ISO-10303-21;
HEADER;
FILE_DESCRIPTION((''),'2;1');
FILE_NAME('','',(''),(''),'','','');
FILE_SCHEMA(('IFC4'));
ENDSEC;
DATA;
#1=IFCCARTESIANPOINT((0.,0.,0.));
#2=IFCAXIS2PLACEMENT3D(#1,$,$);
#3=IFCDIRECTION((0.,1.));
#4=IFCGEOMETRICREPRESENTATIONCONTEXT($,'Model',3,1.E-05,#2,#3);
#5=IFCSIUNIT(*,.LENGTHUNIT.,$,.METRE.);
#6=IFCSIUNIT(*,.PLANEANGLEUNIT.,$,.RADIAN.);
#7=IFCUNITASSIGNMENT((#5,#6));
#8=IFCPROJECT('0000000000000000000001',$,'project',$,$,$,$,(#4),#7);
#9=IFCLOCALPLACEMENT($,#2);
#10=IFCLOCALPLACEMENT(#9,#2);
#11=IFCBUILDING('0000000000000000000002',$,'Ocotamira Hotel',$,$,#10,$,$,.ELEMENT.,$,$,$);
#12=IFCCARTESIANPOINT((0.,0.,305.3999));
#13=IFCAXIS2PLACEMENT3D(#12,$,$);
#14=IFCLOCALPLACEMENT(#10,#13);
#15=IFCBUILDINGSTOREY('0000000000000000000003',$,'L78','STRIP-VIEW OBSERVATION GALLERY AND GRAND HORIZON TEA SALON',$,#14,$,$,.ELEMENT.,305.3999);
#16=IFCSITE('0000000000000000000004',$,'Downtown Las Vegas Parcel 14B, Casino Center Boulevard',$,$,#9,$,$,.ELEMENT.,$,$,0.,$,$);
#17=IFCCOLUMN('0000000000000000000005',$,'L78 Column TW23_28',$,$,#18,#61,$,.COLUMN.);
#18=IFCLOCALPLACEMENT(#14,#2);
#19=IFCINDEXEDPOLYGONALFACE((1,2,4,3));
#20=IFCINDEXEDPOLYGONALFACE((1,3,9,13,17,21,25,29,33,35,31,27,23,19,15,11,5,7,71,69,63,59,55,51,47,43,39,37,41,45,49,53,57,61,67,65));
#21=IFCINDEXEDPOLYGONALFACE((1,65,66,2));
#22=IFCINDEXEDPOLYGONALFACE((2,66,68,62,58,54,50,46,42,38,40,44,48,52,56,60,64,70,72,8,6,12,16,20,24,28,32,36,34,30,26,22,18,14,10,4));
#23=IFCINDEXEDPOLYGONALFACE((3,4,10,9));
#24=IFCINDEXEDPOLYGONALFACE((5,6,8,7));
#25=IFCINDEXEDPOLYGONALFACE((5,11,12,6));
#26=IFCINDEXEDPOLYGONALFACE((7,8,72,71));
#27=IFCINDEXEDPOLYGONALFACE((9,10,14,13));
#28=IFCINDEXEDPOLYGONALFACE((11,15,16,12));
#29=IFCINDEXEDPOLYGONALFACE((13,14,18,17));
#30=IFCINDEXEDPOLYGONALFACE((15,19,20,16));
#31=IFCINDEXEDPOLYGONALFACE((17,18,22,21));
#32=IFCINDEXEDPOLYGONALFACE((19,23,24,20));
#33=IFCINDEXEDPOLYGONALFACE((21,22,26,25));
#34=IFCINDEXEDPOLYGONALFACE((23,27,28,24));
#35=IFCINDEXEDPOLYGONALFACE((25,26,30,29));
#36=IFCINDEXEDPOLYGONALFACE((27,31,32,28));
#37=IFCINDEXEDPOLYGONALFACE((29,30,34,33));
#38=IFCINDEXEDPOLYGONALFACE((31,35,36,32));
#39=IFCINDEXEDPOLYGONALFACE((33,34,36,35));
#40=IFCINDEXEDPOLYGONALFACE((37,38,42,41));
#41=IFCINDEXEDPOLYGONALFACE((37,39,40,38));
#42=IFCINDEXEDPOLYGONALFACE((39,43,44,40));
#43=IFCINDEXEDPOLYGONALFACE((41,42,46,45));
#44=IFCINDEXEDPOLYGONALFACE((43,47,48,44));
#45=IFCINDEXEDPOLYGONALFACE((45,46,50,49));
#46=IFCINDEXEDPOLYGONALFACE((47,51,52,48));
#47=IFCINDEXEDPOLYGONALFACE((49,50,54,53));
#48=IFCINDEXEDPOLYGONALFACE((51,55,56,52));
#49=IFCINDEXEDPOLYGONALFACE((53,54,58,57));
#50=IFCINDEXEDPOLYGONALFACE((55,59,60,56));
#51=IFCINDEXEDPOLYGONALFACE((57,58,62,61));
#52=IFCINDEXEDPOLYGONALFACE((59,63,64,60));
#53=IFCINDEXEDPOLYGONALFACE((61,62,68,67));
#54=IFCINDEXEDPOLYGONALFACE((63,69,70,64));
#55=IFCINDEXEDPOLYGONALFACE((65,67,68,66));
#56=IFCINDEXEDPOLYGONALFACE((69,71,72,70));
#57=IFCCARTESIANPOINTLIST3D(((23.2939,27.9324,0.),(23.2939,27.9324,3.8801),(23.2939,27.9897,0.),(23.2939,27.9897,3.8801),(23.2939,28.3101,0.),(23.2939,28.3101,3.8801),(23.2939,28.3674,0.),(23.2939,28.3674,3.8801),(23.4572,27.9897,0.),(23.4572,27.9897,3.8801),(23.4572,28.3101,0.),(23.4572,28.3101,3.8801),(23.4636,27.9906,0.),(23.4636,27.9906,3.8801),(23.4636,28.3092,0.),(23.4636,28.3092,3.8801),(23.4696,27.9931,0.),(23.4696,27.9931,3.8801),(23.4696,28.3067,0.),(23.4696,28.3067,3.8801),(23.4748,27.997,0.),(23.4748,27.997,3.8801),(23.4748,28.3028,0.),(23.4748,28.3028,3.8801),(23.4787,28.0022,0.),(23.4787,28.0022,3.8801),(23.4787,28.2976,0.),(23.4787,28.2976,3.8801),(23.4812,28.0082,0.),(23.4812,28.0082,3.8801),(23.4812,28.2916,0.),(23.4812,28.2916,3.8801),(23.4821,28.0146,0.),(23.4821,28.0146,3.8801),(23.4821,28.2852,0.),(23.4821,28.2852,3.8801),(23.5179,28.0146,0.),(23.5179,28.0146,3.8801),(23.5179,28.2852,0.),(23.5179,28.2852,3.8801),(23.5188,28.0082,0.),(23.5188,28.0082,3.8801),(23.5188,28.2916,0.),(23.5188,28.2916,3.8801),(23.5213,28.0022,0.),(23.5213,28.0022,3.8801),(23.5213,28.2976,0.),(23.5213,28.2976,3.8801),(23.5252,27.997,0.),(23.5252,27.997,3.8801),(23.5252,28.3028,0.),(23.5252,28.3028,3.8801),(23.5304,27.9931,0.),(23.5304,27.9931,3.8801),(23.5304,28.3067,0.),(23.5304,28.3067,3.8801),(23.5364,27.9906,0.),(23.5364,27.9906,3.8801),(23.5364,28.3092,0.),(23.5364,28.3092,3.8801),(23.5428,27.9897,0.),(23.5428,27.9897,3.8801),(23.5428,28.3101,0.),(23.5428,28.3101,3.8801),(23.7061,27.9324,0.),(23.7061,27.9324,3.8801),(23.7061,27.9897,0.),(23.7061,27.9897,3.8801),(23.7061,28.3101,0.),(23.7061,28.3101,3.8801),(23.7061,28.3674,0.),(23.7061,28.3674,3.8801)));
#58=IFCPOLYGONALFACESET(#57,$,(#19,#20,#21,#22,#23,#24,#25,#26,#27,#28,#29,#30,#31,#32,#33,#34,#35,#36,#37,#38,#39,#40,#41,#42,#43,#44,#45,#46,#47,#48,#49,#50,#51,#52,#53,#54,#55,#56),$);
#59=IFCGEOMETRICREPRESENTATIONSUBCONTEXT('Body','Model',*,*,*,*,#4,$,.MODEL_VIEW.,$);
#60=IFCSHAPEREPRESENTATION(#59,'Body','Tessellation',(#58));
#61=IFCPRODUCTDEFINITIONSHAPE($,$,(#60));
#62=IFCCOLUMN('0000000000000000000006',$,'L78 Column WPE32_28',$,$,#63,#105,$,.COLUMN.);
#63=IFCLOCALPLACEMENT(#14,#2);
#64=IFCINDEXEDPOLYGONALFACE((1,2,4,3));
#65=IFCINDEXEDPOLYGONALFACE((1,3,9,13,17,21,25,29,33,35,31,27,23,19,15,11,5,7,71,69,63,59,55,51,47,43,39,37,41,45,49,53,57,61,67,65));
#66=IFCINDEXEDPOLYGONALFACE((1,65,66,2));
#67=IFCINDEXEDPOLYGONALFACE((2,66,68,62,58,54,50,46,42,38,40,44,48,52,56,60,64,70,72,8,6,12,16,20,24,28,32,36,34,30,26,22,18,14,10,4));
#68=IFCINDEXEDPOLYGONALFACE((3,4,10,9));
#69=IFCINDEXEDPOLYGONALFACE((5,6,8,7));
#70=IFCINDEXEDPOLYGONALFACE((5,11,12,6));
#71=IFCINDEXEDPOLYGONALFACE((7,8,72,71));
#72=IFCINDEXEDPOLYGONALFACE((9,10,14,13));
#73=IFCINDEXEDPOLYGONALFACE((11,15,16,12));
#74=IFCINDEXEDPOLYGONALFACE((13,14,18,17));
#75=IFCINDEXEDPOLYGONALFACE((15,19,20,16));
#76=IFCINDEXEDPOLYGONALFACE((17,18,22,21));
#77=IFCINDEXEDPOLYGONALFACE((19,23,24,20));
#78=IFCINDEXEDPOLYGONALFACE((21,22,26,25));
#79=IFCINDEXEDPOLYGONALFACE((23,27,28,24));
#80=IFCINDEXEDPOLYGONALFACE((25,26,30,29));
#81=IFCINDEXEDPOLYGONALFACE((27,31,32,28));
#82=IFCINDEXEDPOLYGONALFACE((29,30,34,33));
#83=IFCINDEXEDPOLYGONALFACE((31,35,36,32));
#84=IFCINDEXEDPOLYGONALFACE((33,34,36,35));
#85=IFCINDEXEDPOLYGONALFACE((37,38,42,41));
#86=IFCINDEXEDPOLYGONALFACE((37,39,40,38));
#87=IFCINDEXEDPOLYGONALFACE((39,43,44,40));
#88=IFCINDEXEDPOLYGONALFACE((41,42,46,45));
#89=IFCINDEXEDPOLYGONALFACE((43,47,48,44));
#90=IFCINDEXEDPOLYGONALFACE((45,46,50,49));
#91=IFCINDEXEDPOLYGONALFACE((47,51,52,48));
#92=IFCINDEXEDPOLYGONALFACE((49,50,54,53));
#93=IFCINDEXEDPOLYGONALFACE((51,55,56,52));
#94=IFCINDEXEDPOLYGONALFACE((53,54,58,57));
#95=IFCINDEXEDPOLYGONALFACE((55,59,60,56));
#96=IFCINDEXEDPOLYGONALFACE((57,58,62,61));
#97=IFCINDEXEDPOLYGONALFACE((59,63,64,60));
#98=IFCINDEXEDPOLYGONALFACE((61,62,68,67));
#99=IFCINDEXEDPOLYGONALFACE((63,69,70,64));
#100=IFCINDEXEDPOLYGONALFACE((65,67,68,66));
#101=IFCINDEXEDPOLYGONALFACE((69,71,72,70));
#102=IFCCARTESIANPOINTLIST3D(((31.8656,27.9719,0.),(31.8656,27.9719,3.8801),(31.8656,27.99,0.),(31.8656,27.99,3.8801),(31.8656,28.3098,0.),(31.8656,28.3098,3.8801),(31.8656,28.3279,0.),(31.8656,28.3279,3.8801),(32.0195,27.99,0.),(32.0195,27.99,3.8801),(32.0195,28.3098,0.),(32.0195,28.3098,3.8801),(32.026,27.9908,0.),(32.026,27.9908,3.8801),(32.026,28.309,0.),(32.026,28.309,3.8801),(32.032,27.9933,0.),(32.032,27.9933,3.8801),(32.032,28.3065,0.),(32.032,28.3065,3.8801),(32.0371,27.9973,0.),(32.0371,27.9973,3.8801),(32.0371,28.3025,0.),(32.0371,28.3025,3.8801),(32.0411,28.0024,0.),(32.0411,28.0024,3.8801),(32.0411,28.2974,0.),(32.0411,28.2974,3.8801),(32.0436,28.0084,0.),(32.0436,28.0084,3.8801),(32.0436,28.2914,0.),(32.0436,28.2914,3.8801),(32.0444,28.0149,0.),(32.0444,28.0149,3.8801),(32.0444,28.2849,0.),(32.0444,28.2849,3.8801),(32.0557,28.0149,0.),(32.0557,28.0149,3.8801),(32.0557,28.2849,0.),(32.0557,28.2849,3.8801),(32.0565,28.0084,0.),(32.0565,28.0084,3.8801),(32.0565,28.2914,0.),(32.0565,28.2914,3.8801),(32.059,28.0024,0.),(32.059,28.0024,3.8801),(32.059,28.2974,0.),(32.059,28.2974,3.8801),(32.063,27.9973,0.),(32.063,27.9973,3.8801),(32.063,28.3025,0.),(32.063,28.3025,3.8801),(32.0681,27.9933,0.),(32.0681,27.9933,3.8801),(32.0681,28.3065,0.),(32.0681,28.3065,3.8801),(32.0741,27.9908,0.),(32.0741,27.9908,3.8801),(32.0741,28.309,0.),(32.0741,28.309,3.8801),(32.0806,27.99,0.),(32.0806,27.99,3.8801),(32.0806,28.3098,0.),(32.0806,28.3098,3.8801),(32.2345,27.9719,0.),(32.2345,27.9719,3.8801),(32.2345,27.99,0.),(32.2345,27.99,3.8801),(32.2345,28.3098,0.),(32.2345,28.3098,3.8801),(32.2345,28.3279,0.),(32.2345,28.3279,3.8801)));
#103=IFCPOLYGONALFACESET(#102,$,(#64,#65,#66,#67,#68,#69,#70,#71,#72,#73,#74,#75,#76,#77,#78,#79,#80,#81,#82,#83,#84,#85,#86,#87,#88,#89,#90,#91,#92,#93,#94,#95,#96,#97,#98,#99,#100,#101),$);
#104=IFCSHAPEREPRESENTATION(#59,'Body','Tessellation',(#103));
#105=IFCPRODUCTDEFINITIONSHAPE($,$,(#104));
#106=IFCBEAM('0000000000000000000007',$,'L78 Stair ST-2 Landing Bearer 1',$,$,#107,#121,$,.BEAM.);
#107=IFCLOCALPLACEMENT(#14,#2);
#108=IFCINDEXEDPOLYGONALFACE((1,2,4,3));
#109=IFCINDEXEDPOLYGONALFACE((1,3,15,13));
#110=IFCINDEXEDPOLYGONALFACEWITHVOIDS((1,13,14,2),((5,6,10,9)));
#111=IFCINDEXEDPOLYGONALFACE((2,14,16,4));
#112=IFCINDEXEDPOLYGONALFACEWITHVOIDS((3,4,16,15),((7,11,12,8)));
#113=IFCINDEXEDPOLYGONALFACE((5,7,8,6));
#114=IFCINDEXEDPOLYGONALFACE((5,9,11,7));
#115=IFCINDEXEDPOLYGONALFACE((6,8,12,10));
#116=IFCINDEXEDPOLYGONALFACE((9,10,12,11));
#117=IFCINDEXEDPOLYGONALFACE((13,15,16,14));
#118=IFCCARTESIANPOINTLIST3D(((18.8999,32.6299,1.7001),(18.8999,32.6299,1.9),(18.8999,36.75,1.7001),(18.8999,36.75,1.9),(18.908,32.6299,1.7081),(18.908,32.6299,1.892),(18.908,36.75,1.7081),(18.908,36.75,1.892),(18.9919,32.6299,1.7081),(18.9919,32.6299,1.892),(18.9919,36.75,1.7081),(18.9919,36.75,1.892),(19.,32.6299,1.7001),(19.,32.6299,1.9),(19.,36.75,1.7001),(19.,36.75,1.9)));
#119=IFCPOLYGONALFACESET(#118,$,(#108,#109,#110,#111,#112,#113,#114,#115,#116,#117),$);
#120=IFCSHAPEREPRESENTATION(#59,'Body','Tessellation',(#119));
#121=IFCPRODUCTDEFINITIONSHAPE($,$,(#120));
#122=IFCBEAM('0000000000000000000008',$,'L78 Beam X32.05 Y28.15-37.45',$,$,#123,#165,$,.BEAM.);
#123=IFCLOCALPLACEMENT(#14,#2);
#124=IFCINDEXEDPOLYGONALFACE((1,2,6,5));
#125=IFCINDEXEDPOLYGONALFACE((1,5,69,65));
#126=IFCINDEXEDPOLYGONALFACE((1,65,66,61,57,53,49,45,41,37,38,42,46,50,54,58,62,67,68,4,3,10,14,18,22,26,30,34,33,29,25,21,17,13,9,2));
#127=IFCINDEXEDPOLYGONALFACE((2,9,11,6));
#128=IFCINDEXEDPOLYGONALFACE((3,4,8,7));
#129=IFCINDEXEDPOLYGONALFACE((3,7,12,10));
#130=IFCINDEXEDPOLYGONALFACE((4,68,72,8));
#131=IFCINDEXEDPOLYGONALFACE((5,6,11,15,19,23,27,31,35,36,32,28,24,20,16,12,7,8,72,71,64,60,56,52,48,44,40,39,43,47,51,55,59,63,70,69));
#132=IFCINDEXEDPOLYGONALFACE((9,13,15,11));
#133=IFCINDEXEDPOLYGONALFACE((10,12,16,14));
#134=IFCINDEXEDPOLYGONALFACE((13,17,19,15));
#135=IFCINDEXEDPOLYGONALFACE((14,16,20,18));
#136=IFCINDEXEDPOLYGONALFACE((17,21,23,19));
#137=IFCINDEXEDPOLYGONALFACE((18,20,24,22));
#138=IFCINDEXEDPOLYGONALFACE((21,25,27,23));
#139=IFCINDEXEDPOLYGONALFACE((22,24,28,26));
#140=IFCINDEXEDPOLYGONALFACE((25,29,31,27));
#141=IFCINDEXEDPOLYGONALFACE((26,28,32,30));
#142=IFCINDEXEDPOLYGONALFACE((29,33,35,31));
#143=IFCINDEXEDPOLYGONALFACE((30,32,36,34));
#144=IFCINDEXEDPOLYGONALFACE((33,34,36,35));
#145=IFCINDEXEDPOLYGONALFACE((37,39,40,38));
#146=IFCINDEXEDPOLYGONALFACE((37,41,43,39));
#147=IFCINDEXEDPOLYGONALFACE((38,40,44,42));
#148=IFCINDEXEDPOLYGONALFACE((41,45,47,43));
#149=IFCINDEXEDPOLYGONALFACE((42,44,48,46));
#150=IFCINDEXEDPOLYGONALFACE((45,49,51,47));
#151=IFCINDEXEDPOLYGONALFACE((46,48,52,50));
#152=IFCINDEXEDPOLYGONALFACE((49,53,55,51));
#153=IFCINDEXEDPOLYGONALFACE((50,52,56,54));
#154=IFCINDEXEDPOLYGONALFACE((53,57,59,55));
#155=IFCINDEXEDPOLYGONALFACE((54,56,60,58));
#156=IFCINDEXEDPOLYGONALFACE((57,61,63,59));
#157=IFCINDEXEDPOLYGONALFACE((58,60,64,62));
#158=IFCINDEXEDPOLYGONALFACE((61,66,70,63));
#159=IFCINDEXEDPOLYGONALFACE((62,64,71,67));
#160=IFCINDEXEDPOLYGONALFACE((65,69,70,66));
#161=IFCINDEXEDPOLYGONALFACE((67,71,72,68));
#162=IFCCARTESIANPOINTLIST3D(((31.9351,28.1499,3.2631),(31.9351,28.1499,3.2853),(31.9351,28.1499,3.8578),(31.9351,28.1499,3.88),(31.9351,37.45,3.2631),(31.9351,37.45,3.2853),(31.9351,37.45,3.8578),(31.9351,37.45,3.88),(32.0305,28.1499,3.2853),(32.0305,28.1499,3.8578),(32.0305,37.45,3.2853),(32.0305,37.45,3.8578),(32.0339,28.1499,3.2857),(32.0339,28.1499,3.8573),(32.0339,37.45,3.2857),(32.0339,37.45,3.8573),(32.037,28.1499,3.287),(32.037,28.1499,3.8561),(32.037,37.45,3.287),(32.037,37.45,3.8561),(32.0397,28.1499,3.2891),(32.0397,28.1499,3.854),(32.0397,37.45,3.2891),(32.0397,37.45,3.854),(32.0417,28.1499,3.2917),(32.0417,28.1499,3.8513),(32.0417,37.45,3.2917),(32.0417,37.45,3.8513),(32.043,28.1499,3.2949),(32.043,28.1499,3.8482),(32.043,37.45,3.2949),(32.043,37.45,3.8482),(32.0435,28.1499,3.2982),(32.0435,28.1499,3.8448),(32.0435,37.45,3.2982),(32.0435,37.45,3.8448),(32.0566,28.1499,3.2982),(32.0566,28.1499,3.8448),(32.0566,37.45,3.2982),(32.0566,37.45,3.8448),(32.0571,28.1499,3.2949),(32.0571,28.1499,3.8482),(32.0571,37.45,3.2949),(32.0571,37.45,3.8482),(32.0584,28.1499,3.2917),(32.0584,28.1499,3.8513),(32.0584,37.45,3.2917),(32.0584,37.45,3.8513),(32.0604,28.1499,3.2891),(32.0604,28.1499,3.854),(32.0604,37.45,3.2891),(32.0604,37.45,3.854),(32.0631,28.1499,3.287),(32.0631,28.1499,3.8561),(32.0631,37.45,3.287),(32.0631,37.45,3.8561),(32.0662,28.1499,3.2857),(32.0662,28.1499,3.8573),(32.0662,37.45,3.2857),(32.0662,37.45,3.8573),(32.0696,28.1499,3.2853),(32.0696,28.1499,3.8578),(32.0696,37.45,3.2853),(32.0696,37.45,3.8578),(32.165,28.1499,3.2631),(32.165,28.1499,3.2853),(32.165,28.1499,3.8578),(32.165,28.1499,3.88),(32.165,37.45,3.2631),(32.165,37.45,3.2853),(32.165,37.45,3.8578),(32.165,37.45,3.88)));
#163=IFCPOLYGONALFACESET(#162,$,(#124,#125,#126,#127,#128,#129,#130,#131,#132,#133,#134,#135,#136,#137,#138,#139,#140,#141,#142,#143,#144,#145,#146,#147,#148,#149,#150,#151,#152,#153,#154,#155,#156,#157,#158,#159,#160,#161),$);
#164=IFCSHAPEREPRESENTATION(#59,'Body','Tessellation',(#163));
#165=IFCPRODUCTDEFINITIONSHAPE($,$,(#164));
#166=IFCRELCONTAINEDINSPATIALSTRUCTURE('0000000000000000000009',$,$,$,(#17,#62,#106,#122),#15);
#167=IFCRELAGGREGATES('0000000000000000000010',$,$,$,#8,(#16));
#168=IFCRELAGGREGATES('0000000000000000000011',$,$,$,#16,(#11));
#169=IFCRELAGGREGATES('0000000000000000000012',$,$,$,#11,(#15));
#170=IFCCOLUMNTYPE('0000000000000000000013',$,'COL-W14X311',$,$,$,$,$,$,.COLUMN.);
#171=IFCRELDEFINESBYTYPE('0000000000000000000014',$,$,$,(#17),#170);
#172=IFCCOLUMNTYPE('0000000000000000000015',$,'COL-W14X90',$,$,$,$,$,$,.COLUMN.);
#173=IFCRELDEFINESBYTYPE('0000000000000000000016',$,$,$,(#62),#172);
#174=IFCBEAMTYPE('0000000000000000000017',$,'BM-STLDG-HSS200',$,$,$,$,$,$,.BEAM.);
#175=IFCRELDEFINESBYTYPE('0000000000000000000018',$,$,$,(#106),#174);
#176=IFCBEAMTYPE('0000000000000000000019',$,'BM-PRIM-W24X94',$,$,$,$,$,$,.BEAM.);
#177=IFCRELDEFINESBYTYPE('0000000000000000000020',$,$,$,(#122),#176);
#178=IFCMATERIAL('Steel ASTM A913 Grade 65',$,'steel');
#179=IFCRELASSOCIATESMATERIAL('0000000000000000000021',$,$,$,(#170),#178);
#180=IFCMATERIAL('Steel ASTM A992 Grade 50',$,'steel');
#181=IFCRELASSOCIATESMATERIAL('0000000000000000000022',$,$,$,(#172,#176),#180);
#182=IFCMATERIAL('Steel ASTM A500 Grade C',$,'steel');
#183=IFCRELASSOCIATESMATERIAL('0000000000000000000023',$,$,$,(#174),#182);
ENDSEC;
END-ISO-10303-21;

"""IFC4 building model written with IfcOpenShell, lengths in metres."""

from ifc_helpers import new_model, si_unit, direction, frame, origin, origin_2d, place, context, subcontext, project, spatial, hollow_rectangle, i_section, extrude, source, transform, mapped, material, material_profile, profile_set, type_object, element, save


model = new_model("IFC4")

# Units and contexts
model_context = context("Model", 3, precision=1e-05, world=origin(), true_north=direction((0.0, 1.0)))
body_context = subcontext(model_context, "Body", "Model", "MODEL_VIEW")
ifc_project = project(units=[si_unit("LENGTHUNIT", "METRE"), si_unit("PLANEANGLEUNIT", "RADIAN")], contexts=[model_context])

# Site, building, storey
site_placement = place(None, origin())
site = spatial("IfcSite", under=ifc_project, at=site_placement, Name="Downtown Las Vegas Parcel 14B, Casino Center Boulevard", CompositionType="ELEMENT", RefElevation=0.0)
building_placement = place(site_placement, origin())
building = spatial("IfcBuilding", under=site, at=building_placement, Name="Ocotamira Hotel", CompositionType="ELEMENT")
storey_placement = place(building_placement, frame((0.0, 0.0, 305.3999)))
storey = spatial("IfcBuildingStorey", under=building, at=storey_placement, Name="L78", Description="STRIP-VIEW OBSERVATION GALLERY AND GRAND HORIZON TEA SALON", CompositionType="ELEMENT", Elevation=305.3999)

# Columns
ifc_material_1 = material(Name="Steel ASTM A913 Grade 65", Category="steel")
ifc_material_profile_1 = material_profile(ifc_material_1, i_section(OverallWidth=0.4121, OverallDepth=0.4351, WebThickness=0.0359, FlangeThickness=0.0574, FilletRadius=0.0249, at=origin_2d()), Name="W14X311")
ifc_profile_set_1 = profile_set([ifc_material_profile_1], Name="Steel ASTM A913 Grade 65")
column_type_1 = type_object("IfcColumnType", Name="COL-W14X311", PredefinedType="COLUMN", material=ifc_profile_set_1)
shared_shape_1 = source(origin(), body_context, "Body", "SweptSolid", [
    extrude(i_section(OverallWidth=0.4121, OverallDepth=0.4351, WebThickness=0.0359, FlangeThickness=0.0574, FilletRadius=0.0249, at=origin_2d()), origin(), (0.0, 0.0, 1.0), 3.8801),
])
column_1_placement = place(storey_placement, frame((23.5, 28.1499, 0.0), z_axis=(0.0, 0.0, 1.0), x_axis=(1.0, 0.0, 0.0)))
element("IfcColumn", 1, at=column_1_placement, inside=storey, type_object=column_type_1, Name="L78 Column TW23_28", PredefinedType="COLUMN", context=body_context, shape_type="MappedRepresentation", body=[
    mapped(shared_shape_1, transform((0.0, 0.0, 0.0), scale=1.0)),
])
ifc_material_2 = material(Name="Steel ASTM A992 Grade 50", Category="steel")
ifc_material_profile_2 = material_profile(ifc_material_2, i_section(OverallWidth=0.3689, OverallDepth=0.356, WebThickness=0.0112, FlangeThickness=0.0181, FilletRadius=0.0249, at=origin_2d()), Name="W14X90")
ifc_profile_set_2 = profile_set([ifc_material_profile_2], Name="Steel ASTM A992 Grade 50")
column_type_2 = type_object("IfcColumnType", Name="COL-W14X90", PredefinedType="COLUMN", material=ifc_profile_set_2)
shared_shape_2 = source(origin(), body_context, "Body", "SweptSolid", [
    extrude(i_section(OverallWidth=0.3689, OverallDepth=0.356, WebThickness=0.0112, FlangeThickness=0.0181, FilletRadius=0.0249, at=origin_2d()), origin(), (0.0, 0.0, 1.0), 3.8801),
])
column_2_placement = place(storey_placement, frame((32.05, 28.1499, 0.0), z_axis=(0.0, 0.0, 1.0), x_axis=(1.0, 0.0, 0.0)))
element("IfcColumn", 2, at=column_2_placement, inside=storey, type_object=column_type_2, Name="L78 Column WPE32_28", PredefinedType="COLUMN", context=body_context, shape_type="MappedRepresentation", body=[
    mapped(shared_shape_2, transform((0.0, 0.0, 0.0), scale=1.0)),
])

# Beams
ifc_material_3 = material(Name="Steel ASTM A500 Grade C", Category="steel")
ifc_material_profile_3 = material_profile(ifc_material_3, hollow_rectangle(XDim=0.1001, YDim=0.2, WallThickness=0.0081, at=origin_2d()), Name="HSS200X100X8")
ifc_profile_set_3 = profile_set([ifc_material_profile_3], Name="Steel ASTM A500 Grade C")
beam_type_1 = type_object("IfcBeamType", Name="BM-STLDG-HSS200", PredefinedType="BEAM", material=ifc_profile_set_3)
shared_shape_3 = source(origin(), body_context, "Body", "SweptSolid", [
    extrude(hollow_rectangle(XDim=0.1001, YDim=0.2, WallThickness=0.0081, at=origin_2d()), origin(), (0.0, 0.0, 1.0), 4.1201),
])
beam_1_placement = place(storey_placement, frame((18.95, 32.6299, 1.8), z_axis=(0.0, 1.0, 0.0), x_axis=(-1.0, 0.0, 0.0)))
element("IfcBeam", 3, at=beam_1_placement, inside=storey, type_object=beam_type_1, Name="L78 Stair ST-2 Landing Bearer 1", PredefinedType="BEAM", context=body_context, shape_type="MappedRepresentation", body=[
    mapped(shared_shape_3, transform((0.0, 0.0, 0.0), scale=1.0)),
])
ifc_material_profile_4 = material_profile(ifc_material_2, i_section(OverallWidth=0.23, OverallDepth=0.6169, WebThickness=0.0132, FlangeThickness=0.0222, FilletRadius=0.0129, at=origin_2d()), Name="W24X94")
ifc_profile_set_4 = profile_set([ifc_material_profile_4], Name="Steel ASTM A992 Grade 50")
beam_type_2 = type_object("IfcBeamType", Name="BM-PRIM-W24X94", PredefinedType="BEAM", material=ifc_profile_set_4)
shared_shape_4 = source(origin(), body_context, "Body", "SweptSolid", [
    extrude(i_section(OverallWidth=0.23, OverallDepth=0.6169, WebThickness=0.0132, FlangeThickness=0.0222, FilletRadius=0.0129, at=origin_2d()), origin(), (0.0, 0.0, 1.0), 9.3),
])
beam_2_placement = place(storey_placement, frame((32.05, 28.1499, 3.5715), z_axis=(0.0, 1.0, 0.0), x_axis=(-1.0, 0.0, 0.0)))
element("IfcBeam", 4, at=beam_2_placement, inside=storey, type_object=beam_type_2, Name="L78 Beam X32.05 Y28.15-37.45", PredefinedType="BEAM", context=body_context, shape_type="MappedRepresentation", body=[
    mapped(shared_shape_4, transform((0.0, 0.0, 0.0), scale=1.0)),
])

save(model, "model.ifc")
